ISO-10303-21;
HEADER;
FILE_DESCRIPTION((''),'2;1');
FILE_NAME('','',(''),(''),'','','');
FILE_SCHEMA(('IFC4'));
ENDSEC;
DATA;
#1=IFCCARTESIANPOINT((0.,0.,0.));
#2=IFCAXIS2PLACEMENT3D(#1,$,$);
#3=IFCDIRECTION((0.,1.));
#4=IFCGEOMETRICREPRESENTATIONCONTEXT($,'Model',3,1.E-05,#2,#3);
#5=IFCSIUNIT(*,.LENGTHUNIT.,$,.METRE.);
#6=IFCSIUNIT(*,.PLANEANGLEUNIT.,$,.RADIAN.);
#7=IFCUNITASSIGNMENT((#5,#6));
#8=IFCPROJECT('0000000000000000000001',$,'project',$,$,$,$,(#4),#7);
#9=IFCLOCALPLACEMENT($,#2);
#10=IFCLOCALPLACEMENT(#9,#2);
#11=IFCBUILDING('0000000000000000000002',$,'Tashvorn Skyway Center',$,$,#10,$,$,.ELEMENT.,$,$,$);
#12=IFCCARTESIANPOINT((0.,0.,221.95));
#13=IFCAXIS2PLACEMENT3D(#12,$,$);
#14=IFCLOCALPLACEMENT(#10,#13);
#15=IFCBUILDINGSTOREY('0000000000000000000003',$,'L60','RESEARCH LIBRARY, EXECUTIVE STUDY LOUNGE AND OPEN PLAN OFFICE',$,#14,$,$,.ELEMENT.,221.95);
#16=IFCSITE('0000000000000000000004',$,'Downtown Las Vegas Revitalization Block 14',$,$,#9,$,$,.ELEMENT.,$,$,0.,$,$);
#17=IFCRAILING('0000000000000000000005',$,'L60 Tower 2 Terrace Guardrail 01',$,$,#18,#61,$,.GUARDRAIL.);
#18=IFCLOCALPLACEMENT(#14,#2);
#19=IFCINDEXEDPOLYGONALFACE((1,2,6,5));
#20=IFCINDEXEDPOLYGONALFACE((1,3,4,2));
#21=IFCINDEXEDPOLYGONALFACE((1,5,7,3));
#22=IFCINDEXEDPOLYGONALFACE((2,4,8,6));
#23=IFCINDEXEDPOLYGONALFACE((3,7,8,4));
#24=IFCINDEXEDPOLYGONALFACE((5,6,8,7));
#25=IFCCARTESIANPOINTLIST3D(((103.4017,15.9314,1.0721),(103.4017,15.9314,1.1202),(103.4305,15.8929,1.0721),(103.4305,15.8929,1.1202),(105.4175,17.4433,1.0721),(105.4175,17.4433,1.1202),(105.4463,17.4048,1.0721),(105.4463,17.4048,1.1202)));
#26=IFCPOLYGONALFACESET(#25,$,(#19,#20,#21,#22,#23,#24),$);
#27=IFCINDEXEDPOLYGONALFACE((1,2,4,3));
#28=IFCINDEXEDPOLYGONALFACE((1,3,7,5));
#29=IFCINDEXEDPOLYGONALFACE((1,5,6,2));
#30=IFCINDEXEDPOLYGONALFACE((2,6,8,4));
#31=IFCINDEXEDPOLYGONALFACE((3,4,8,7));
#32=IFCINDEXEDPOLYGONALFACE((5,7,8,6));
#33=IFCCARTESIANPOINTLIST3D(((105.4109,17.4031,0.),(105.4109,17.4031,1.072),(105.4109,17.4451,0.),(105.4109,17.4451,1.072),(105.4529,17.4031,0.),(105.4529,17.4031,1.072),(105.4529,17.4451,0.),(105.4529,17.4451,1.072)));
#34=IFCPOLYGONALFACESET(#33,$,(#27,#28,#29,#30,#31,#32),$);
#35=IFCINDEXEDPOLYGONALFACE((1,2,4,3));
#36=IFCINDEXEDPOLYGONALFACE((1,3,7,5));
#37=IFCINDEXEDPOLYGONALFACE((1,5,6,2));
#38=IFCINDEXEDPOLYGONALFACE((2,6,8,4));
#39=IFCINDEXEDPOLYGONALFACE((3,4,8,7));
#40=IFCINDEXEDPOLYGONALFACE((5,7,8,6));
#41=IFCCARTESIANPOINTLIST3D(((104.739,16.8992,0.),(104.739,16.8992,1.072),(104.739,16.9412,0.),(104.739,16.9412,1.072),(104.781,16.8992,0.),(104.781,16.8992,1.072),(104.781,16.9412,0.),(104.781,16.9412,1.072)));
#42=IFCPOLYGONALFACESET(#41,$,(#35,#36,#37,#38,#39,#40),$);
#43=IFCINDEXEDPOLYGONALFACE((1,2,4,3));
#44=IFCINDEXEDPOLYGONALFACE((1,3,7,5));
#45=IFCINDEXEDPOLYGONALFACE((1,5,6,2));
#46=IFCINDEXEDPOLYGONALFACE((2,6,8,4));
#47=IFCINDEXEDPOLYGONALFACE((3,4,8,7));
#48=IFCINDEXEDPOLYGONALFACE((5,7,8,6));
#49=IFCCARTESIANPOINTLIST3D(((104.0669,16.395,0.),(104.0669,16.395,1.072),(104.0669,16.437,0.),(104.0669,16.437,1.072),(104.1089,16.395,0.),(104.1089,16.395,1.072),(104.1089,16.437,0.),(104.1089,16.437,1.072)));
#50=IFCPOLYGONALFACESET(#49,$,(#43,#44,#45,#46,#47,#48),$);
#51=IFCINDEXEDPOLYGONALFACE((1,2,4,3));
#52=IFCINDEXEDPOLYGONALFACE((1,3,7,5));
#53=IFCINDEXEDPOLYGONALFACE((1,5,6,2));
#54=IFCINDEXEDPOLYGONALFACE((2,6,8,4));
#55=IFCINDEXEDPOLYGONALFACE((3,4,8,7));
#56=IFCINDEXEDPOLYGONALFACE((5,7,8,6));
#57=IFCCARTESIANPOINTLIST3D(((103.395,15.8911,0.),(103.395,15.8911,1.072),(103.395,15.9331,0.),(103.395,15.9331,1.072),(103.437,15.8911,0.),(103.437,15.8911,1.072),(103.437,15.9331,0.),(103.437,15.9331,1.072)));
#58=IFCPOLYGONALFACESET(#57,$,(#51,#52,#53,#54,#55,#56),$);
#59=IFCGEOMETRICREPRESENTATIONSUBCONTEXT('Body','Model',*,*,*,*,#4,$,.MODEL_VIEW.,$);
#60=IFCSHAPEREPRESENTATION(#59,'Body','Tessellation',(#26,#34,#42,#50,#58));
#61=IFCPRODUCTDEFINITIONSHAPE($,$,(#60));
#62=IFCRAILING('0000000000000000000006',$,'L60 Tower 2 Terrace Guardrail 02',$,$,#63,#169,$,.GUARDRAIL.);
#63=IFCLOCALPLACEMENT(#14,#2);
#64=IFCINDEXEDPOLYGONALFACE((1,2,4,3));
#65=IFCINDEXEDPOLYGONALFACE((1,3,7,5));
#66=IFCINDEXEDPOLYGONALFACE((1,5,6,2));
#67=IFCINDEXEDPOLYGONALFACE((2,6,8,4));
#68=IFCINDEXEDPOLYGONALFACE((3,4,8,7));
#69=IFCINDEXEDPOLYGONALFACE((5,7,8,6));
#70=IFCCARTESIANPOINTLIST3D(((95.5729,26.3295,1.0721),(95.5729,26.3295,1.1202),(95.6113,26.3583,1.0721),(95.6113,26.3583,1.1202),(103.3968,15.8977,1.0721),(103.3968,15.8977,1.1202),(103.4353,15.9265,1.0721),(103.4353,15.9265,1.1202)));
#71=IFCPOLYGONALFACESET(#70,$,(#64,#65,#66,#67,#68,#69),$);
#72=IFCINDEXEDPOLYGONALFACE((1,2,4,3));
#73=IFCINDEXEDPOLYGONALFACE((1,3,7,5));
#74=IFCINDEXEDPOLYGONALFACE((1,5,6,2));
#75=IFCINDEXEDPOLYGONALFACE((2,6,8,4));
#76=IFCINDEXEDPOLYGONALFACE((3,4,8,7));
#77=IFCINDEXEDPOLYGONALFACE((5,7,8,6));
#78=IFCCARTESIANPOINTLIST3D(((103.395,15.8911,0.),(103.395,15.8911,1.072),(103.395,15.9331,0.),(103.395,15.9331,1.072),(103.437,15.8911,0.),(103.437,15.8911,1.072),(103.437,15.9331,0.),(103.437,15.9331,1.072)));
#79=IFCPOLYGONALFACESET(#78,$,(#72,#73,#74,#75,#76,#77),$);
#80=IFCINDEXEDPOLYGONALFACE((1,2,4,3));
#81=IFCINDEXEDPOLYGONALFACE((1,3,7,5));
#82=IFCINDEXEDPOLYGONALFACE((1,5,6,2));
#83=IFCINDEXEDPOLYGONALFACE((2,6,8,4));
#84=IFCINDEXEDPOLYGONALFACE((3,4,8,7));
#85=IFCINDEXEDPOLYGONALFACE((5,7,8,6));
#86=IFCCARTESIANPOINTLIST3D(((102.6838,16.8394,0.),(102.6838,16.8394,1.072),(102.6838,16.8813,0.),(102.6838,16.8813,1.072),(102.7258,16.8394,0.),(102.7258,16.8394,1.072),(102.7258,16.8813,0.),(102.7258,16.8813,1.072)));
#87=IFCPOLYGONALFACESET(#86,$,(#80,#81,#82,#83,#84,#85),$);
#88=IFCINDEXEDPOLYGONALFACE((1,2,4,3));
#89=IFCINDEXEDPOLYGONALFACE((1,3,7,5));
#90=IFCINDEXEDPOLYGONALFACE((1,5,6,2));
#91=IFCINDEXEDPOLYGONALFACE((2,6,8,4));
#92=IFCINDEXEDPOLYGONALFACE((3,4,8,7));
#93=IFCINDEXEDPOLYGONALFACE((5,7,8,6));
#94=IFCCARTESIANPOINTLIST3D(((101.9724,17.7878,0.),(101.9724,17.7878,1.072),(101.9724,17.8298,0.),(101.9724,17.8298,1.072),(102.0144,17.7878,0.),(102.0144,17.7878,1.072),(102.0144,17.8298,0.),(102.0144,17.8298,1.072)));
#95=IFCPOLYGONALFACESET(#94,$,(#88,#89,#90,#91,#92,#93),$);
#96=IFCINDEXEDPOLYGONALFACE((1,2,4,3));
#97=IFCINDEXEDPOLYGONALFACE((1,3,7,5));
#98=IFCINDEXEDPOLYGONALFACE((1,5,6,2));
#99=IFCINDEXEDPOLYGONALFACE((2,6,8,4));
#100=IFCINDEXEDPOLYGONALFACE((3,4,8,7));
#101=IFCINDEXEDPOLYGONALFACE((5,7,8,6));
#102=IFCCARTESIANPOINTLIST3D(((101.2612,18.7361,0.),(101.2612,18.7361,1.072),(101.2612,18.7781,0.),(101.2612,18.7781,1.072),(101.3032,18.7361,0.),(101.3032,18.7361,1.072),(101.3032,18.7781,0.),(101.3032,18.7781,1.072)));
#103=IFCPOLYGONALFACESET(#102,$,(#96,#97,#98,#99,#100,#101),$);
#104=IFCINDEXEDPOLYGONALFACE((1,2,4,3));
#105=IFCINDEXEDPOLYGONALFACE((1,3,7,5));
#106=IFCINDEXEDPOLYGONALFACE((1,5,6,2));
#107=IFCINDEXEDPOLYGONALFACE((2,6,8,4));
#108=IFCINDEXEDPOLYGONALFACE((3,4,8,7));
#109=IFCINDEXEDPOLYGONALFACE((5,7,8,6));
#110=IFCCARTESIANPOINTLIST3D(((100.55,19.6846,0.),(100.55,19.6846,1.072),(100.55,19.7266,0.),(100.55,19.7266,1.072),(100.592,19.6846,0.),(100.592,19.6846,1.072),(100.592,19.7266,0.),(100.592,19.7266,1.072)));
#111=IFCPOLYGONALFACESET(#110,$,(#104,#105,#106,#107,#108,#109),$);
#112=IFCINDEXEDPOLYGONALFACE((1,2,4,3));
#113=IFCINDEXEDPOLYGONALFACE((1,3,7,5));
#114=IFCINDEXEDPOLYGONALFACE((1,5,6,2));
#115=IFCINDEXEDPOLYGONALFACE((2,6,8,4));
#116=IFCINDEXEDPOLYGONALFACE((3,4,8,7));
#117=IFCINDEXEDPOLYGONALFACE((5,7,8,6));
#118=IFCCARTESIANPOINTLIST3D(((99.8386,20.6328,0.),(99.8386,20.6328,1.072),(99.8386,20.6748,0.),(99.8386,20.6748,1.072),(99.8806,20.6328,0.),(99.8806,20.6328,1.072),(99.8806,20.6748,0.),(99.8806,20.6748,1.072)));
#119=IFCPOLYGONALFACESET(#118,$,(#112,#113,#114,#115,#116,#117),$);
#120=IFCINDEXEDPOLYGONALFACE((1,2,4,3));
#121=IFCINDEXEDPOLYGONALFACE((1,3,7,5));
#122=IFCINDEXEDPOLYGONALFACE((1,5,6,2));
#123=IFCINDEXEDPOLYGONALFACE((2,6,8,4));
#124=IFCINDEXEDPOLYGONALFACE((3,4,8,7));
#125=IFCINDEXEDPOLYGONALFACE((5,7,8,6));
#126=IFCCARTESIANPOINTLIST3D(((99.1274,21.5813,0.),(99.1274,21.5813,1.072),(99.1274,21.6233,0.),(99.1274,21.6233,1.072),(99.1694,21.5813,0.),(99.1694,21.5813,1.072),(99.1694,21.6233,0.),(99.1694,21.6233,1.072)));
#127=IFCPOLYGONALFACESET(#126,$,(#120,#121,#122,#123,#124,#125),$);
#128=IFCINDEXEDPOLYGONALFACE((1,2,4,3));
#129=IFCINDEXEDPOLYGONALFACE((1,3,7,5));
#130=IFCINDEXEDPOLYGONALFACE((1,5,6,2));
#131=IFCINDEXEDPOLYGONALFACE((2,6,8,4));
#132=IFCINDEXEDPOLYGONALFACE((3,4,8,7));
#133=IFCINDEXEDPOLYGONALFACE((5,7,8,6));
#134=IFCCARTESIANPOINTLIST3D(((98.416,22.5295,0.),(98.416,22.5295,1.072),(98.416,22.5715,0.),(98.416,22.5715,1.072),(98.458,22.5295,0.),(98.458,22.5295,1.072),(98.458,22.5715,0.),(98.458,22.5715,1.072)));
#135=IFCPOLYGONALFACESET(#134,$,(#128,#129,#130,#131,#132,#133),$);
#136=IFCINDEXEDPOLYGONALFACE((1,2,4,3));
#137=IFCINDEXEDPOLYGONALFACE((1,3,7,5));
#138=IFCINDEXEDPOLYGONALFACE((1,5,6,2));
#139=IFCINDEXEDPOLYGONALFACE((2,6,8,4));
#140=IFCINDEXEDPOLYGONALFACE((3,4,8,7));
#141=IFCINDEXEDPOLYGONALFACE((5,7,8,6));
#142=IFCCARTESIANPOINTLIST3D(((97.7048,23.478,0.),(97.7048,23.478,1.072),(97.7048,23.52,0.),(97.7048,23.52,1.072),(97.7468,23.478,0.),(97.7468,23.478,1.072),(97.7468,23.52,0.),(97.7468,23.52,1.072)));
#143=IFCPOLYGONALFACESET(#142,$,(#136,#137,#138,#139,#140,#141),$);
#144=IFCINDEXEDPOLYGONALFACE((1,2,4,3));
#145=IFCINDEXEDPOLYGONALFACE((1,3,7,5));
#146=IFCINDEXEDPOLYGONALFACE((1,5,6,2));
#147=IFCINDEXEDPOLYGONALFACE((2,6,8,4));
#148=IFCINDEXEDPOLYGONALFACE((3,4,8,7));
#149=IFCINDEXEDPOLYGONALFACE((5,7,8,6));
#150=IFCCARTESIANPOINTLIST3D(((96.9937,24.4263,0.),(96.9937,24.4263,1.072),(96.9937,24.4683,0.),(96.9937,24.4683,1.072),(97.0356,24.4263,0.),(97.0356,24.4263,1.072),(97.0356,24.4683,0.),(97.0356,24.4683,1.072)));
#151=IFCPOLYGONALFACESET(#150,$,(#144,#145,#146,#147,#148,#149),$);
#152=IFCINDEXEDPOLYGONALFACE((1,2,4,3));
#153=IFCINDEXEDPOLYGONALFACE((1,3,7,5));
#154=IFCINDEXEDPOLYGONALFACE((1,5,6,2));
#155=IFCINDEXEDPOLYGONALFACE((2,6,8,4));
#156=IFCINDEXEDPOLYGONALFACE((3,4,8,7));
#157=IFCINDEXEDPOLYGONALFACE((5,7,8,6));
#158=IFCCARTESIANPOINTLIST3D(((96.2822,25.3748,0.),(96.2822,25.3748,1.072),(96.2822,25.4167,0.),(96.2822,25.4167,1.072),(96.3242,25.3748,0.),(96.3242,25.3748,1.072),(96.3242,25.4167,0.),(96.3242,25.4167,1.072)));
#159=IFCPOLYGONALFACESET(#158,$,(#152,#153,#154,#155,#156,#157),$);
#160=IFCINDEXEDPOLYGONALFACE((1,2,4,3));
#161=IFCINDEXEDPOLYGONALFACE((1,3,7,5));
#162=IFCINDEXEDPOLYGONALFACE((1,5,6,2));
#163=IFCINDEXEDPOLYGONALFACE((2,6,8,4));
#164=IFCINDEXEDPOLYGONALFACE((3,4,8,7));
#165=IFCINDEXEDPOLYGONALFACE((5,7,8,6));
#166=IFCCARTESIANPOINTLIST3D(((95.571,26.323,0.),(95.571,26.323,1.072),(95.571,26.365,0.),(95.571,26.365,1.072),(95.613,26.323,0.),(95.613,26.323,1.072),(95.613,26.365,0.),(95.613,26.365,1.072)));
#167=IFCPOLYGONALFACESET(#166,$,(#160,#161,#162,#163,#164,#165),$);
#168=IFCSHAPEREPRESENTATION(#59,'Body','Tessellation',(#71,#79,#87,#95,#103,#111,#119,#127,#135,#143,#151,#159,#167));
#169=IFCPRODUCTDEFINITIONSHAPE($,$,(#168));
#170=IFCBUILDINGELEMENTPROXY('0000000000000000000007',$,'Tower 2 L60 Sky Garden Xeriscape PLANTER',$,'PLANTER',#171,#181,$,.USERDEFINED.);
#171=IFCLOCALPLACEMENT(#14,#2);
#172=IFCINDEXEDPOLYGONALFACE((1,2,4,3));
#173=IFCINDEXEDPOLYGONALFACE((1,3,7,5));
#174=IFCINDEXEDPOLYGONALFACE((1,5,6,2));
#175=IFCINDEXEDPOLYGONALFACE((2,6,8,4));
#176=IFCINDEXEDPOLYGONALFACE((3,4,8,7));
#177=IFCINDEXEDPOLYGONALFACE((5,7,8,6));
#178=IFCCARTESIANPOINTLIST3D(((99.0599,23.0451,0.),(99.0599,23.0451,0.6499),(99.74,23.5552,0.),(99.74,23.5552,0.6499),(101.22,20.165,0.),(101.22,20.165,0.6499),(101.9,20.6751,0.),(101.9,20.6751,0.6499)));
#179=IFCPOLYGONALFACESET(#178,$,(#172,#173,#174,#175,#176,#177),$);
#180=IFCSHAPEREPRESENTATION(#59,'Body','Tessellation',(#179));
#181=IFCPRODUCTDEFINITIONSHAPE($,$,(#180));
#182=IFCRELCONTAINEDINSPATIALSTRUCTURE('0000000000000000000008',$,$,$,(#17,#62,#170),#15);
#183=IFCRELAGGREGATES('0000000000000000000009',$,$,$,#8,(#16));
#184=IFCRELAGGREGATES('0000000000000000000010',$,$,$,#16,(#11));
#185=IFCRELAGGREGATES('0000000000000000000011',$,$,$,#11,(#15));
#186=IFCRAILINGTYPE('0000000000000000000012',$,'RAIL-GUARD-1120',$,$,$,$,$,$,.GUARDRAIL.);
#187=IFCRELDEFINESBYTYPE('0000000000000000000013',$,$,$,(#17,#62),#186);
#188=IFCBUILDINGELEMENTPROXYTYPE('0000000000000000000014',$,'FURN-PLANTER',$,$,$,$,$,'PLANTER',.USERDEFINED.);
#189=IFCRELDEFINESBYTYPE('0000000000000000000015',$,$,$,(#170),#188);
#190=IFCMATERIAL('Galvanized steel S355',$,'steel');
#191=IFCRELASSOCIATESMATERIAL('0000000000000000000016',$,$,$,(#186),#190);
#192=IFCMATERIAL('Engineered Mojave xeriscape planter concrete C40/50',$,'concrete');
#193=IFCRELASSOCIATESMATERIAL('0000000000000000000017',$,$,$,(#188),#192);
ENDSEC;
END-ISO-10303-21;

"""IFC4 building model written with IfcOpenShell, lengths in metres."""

from ifc_helpers import new_model, si_unit, direction, frame, origin, origin_2d, place, context, subcontext, project, spatial, rectangle, extrude, material, type_object, element, save


model = new_model("IFC4")

# Units and contexts
model_context = context("Model", 3, precision=1e-05, world=origin(), true_north=direction((0.0, 1.0)))
body_context = subcontext(model_context, "Body", "Model", "MODEL_VIEW")
ifc_project = project(units=[si_unit("LENGTHUNIT", "METRE"), si_unit("PLANEANGLEUNIT", "RADIAN")], contexts=[model_context])

# Site, building, storey
site_placement = place(None, origin())
site = spatial("IfcSite", under=ifc_project, at=site_placement, Name="Downtown Las Vegas Revitalization Block 14", CompositionType="ELEMENT", RefElevation=0.0)
building_placement = place(site_placement, origin())
building = spatial("IfcBuilding", under=site, at=building_placement, Name="Tashvorn Skyway Center", CompositionType="ELEMENT")
storey_placement = place(building_placement, frame((0.0, 0.0, 221.95)))
storey = spatial("IfcBuildingStorey", under=building, at=storey_placement, Name="L60", Description="RESEARCH LIBRARY, EXECUTIVE STUDY LOUNGE AND OPEN PLAN OFFICE", CompositionType="ELEMENT", Elevation=221.95)

# Railings
ifc_material_1 = material(Name="Galvanized steel S355", Category="steel")
railing_type = type_object("IfcRailingType", Name="RAIL-GUARD-1120", PredefinedType="GUARDRAIL", material=ifc_material_1)
railing_1_placement = place(storey_placement, frame((105.4319, 17.4241, 0.0)))
element("IfcRailing", 1, at=railing_1_placement, inside=storey, type_object=railing_type, Name="L60 Tower 2 Terrace Guardrail 01", PredefinedType="GUARDRAIL", context=body_context, shape_type="SweptSolid", body=[
    extrude(rectangle(XDim=0.0481, YDim=0.0481, at=origin_2d()), frame((0.0, 0.0, 1.0962), z_axis=(-0.799988, -0.600016, 0.0), x_axis=(0.600016, -0.799988, 0.0)), (0.0, 0.0, 1.0), 2.5198),
    extrude(rectangle(XDim=0.042, YDim=0.042, at=origin_2d()), origin(), (0.0, 0.0, 1.0), 1.072),
    extrude(rectangle(XDim=0.042, YDim=0.042, at=origin_2d()), frame((-0.6719, -0.5039, 0.0)), (0.0, 0.0, 1.0), 1.072),
    extrude(rectangle(XDim=0.042, YDim=0.042, at=origin_2d()), frame((-1.344, -1.0081, 0.0)), (0.0, 0.0, 1.0), 1.072),
    extrude(rectangle(XDim=0.042, YDim=0.042, at=origin_2d()), frame((-2.0159, -1.512, 0.0)), (0.0, 0.0, 1.0), 1.072),
])
railing_2_placement = place(storey_placement, frame((103.416, 15.9121, 0.0)))
element("IfcRailing", 2, at=railing_2_placement, inside=storey, type_object=railing_type, Name="L60 Tower 2 Terrace Guardrail 02", PredefinedType="GUARDRAIL", context=body_context, shape_type="SweptSolid", body=[
    extrude(rectangle(XDim=0.0481, YDim=0.0481, at=origin_2d()), frame((0.0, 0.0, 1.0962), z_axis=(-0.600003, 0.799998, 0.0), x_axis=(-0.799998, -0.600003, 0.0)), (0.0, 0.0, 1.0), 13.0398),
    extrude(rectangle(XDim=0.042, YDim=0.042, at=origin_2d()), origin(), (0.0, 0.0, 1.0), 1.072),
    extrude(rectangle(XDim=0.042, YDim=0.042, at=origin_2d()), frame((-0.7112, 0.9482, 0.0)), (0.0, 0.0, 1.0), 1.072),
    extrude(rectangle(XDim=0.042, YDim=0.042, at=origin_2d()), frame((-1.4226, 1.8967, 0.0)), (0.0, 0.0, 1.0), 1.072),
    extrude(rectangle(XDim=0.042, YDim=0.042, at=origin_2d()), frame((-2.1338, 2.845, 0.0)), (0.0, 0.0, 1.0), 1.072),
    extrude(rectangle(XDim=0.042, YDim=0.042, at=origin_2d()), frame((-2.845, 3.7935, 0.0)), (0.0, 0.0, 1.0), 1.072),
    extrude(rectangle(XDim=0.042, YDim=0.042, at=origin_2d()), frame((-3.5564, 4.7417, 0.0)), (0.0, 0.0, 1.0), 1.072),
    extrude(rectangle(XDim=0.042, YDim=0.042, at=origin_2d()), frame((-4.2676, 5.6902, 0.0)), (0.0, 0.0, 1.0), 1.072),
    extrude(rectangle(XDim=0.042, YDim=0.042, at=origin_2d()), frame((-4.979, 6.6384, 0.0)), (0.0, 0.0, 1.0), 1.072),
    extrude(rectangle(XDim=0.042, YDim=0.042, at=origin_2d()), frame((-5.6902, 7.5869, 0.0)), (0.0, 0.0, 1.0), 1.072),
    extrude(rectangle(XDim=0.042, YDim=0.042, at=origin_2d()), frame((-6.4014, 8.5352, 0.0)), (0.0, 0.0, 1.0), 1.072),
    extrude(rectangle(XDim=0.042, YDim=0.042, at=origin_2d()), frame((-7.1128, 9.4836, 0.0)), (0.0, 0.0, 1.0), 1.072),
    extrude(rectangle(XDim=0.042, YDim=0.042, at=origin_2d()), frame((-7.824, 10.4319, 0.0)), (0.0, 0.0, 1.0), 1.072),
])

# Building element proxy
ifc_material_2 = material(Name="Engineered Mojave xeriscape planter concrete C40/50", Category="concrete")
building_element_proxy_type = type_object("IfcBuildingElementProxyType", Name="FURN-PLANTER", ElementType="PLANTER", PredefinedType="USERDEFINED", material=ifc_material_2)
proxy_placement = place(storey_placement, frame((100.48, 21.8601, 0.0), z_axis=(0.0, 0.0, 1.0), x_axis=(-0.6, 0.8, 0.0)))
element("IfcBuildingElementProxy", 3, at=proxy_placement, inside=storey, type_object=building_element_proxy_type, Name="Tower 2 L60 Sky Garden Xeriscape PLANTER", ObjectType="PLANTER", PredefinedType="USERDEFINED", context=body_context, shape_type="SweptSolid", body=[
    extrude(rectangle(XDim=3.6001, YDim=0.8501, at=origin_2d()), origin(), (0.0, 0.0, 1.0), 0.6499),
])

save(model, "model.ifc")
